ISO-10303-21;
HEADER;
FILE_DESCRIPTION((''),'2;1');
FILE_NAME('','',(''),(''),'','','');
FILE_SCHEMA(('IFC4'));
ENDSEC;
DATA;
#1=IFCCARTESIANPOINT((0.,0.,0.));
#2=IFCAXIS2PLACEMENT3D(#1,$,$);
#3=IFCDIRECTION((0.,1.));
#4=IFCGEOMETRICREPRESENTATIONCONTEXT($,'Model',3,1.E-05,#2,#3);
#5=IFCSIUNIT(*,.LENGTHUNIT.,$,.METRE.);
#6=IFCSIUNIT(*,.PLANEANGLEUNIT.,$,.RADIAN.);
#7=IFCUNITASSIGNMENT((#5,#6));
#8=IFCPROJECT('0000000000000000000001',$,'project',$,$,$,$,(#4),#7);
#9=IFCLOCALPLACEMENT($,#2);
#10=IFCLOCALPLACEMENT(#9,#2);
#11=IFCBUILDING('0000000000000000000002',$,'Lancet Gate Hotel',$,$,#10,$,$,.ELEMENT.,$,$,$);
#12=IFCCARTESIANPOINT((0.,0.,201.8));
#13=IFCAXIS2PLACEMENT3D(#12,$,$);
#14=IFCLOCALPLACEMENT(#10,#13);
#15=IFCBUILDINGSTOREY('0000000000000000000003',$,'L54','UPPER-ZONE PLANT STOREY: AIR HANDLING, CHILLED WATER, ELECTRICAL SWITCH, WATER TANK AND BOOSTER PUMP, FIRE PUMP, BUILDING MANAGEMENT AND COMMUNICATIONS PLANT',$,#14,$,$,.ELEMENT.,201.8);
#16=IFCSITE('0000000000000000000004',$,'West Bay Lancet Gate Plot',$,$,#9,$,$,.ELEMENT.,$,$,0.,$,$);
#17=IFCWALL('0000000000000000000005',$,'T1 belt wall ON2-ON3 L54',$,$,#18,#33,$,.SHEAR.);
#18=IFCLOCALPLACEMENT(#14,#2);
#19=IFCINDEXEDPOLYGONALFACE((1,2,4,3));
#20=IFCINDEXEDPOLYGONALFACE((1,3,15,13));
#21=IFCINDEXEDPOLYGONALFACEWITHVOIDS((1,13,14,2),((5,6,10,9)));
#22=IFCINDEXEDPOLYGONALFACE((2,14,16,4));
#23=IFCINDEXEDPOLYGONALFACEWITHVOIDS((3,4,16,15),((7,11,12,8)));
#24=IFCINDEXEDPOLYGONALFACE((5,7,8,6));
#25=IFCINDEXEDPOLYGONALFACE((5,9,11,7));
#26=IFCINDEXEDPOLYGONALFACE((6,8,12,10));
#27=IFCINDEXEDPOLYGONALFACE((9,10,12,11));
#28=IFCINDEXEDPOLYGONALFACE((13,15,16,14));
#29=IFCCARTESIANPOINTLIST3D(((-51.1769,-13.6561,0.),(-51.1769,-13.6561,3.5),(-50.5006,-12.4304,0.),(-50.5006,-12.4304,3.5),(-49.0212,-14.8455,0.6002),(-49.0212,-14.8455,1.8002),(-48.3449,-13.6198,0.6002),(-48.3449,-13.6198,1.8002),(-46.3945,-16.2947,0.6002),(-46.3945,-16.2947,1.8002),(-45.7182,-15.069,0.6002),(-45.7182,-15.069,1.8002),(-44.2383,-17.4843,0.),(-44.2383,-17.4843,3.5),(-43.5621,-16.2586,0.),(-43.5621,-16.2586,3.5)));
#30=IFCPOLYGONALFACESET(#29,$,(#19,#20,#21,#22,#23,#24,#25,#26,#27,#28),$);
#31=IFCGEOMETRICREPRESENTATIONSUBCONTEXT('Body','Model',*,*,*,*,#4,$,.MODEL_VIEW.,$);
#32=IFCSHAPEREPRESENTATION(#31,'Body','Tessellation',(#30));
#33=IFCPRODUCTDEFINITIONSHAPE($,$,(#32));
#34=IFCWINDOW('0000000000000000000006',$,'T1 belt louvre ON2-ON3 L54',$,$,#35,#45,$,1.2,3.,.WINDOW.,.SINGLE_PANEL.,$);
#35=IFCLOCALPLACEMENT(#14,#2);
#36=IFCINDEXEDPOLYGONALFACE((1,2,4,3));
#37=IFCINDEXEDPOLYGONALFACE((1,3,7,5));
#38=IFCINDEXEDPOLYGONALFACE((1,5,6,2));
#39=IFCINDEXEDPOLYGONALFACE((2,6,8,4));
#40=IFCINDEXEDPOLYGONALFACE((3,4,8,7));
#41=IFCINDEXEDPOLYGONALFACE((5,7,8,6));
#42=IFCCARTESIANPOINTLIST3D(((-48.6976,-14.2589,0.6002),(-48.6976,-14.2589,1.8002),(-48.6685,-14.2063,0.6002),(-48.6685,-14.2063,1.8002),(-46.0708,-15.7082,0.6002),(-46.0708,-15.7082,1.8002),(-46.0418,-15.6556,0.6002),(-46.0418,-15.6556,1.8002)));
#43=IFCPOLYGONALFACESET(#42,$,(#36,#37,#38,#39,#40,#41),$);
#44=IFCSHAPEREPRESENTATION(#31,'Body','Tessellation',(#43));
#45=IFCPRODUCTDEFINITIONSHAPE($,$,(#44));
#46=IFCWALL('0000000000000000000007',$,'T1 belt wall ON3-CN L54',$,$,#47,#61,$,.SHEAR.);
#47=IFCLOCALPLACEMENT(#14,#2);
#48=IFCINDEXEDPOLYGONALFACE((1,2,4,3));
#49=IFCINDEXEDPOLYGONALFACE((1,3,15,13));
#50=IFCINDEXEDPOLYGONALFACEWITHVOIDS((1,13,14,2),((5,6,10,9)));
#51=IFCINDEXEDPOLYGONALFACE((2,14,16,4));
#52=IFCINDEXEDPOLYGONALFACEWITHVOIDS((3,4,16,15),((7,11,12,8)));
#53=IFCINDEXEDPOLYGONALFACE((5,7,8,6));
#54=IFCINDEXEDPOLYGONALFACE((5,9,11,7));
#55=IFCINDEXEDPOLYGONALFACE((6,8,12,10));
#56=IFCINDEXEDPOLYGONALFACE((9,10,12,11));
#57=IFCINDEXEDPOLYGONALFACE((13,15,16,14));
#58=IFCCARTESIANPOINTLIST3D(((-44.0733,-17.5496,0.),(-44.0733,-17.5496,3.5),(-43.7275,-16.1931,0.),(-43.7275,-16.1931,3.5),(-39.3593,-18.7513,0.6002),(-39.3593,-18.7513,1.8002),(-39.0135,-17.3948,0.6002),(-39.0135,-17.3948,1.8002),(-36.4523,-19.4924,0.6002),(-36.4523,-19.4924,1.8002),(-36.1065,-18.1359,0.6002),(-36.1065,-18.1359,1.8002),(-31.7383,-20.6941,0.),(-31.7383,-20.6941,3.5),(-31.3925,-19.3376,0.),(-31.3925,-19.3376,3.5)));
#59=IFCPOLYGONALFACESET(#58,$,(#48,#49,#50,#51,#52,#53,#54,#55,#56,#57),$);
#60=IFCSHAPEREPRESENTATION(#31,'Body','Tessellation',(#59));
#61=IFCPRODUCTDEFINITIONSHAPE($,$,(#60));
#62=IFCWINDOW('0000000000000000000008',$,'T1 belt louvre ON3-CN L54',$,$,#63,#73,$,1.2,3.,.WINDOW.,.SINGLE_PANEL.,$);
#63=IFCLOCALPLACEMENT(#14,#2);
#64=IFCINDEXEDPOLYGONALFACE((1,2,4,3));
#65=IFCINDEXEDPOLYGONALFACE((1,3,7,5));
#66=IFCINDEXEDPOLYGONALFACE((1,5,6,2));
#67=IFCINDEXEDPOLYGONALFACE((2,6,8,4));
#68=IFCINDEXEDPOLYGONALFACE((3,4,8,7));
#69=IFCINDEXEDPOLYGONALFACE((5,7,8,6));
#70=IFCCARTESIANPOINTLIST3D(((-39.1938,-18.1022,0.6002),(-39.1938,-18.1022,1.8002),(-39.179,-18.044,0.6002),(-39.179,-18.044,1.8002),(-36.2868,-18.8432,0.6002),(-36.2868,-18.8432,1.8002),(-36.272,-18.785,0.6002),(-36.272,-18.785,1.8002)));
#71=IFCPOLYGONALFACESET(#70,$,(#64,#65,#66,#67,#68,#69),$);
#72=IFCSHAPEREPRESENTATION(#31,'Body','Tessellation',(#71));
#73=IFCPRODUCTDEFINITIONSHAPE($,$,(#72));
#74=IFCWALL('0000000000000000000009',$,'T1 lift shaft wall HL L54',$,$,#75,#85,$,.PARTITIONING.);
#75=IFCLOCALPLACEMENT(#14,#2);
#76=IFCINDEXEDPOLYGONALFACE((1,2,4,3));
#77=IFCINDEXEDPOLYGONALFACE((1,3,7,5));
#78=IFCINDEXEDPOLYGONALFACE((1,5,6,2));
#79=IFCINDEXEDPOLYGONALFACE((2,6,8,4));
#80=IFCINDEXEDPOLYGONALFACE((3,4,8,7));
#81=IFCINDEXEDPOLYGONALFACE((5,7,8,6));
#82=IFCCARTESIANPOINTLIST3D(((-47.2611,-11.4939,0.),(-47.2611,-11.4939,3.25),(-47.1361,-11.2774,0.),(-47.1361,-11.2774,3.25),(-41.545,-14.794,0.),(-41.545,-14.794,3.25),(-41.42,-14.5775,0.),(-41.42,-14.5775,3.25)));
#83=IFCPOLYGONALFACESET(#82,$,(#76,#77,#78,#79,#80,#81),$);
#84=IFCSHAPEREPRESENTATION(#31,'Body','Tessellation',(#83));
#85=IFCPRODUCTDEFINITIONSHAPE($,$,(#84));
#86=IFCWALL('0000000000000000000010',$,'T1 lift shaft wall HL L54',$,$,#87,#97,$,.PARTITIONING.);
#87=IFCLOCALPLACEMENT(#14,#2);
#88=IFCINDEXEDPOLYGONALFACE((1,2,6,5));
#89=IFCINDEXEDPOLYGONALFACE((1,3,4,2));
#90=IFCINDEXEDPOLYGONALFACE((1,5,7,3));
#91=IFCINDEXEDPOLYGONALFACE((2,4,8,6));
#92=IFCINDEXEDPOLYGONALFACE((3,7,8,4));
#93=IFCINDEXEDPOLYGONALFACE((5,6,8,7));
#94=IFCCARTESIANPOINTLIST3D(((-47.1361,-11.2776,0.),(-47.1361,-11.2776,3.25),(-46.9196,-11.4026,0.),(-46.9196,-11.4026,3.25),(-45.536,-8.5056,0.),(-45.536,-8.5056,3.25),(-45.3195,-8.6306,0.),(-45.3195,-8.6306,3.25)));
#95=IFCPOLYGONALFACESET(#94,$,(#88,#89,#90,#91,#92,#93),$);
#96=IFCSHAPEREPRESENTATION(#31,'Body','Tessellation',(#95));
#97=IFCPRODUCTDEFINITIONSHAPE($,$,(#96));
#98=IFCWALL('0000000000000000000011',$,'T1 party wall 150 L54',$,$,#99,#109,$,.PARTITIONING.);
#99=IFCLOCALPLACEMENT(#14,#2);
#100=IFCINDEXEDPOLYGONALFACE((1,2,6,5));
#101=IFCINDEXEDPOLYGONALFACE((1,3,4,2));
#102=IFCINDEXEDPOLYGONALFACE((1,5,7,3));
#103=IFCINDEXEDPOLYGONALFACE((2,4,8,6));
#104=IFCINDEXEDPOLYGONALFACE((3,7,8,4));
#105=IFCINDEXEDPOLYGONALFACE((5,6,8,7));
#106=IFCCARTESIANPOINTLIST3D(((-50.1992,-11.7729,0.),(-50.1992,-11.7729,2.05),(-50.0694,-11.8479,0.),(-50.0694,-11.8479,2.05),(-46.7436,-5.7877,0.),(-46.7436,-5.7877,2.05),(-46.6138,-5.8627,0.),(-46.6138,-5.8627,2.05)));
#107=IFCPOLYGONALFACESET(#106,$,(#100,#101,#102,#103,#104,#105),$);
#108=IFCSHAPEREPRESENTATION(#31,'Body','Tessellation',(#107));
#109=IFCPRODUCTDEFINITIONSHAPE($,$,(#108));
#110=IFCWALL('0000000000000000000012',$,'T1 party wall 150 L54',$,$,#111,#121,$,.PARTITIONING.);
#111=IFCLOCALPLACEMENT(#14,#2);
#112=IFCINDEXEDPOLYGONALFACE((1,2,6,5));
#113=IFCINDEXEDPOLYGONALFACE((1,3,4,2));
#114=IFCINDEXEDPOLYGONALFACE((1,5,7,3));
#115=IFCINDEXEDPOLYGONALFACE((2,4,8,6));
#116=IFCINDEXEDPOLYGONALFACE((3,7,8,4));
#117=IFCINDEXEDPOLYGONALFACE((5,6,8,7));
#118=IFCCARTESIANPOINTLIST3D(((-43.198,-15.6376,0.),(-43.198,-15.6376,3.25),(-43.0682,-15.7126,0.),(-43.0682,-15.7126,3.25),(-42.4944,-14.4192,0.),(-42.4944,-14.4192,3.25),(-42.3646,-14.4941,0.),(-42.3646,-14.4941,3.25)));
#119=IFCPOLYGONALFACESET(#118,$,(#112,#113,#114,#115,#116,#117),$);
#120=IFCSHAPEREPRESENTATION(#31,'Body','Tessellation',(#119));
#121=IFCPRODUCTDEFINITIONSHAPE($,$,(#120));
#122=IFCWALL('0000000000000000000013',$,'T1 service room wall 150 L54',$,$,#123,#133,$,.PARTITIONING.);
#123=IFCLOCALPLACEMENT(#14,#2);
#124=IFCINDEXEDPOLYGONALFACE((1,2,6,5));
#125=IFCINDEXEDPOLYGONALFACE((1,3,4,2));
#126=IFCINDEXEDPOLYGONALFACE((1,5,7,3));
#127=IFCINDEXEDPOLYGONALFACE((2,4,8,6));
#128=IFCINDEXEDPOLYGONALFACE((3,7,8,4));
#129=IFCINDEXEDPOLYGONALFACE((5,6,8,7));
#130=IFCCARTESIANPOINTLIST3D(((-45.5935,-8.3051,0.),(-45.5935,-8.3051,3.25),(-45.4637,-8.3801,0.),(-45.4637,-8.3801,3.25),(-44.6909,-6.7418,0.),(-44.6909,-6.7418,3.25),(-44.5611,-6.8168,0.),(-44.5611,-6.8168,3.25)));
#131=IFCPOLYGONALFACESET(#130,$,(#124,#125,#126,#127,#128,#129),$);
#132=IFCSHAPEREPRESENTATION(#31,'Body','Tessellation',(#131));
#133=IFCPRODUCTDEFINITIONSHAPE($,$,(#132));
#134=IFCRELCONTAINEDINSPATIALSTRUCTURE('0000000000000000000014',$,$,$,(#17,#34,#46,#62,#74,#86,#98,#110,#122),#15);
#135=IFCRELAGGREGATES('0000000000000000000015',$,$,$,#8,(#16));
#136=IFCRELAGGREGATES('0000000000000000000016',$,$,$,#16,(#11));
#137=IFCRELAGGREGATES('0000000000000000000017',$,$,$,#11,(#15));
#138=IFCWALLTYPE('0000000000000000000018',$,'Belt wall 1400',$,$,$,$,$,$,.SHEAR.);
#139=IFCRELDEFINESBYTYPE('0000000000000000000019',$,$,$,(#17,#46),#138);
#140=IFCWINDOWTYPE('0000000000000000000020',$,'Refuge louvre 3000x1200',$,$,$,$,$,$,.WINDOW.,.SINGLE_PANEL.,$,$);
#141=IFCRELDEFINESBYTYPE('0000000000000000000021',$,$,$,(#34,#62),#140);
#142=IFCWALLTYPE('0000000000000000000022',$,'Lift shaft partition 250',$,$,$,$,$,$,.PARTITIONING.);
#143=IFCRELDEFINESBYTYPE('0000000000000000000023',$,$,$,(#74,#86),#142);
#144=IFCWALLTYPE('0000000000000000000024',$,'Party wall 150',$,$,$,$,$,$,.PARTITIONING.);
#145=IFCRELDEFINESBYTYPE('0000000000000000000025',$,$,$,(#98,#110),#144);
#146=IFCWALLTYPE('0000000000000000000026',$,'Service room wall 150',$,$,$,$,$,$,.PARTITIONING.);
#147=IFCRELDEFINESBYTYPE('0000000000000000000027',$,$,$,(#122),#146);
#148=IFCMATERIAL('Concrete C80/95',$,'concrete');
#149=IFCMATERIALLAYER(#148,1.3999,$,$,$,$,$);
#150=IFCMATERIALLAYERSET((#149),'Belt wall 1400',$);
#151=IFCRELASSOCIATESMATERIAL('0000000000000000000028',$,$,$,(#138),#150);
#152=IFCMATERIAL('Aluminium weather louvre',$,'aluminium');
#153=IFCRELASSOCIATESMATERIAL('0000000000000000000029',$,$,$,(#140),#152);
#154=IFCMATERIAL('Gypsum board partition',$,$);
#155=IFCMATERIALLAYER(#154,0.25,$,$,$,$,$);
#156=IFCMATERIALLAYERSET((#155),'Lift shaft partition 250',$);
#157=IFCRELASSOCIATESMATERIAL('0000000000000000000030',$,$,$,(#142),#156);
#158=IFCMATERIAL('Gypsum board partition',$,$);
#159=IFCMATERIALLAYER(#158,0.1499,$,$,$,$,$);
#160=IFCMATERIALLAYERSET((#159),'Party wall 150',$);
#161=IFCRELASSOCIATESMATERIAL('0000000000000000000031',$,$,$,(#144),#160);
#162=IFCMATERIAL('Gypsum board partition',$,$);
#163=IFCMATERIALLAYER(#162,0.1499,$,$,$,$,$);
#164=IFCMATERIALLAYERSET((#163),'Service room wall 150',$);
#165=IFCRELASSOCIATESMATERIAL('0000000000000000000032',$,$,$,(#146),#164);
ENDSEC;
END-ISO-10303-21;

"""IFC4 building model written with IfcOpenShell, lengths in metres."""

from ifc_helpers import new_model, si_unit, direction, frame, frame_2d, origin, place, context, subcontext, project, spatial, rectangle, extrude, material, layer, layer_set, type_object, element, fill, save


model = new_model("IFC4")

# Units and contexts
model_context = context("Model", 3, precision=1e-05, world=origin(), true_north=direction((0.0, 1.0)))
body_context = subcontext(model_context, "Body", "Model", "MODEL_VIEW")
ifc_project = project(units=[si_unit("LENGTHUNIT", "METRE"), si_unit("PLANEANGLEUNIT", "RADIAN")], contexts=[model_context])

# Site, building, storey
site_placement = place(None, origin())
site = spatial("IfcSite", under=ifc_project, at=site_placement, Name="West Bay Lancet Gate Plot", CompositionType="ELEMENT", RefElevation=0.0)
building_placement = place(site_placement, origin())
building = spatial("IfcBuilding", under=site, at=building_placement, Name="Lancet Gate Hotel", CompositionType="ELEMENT")
storey_placement = place(building_placement, frame((0.0, 0.0, 201.8)))
storey = spatial("IfcBuildingStorey", under=building, at=storey_placement, Name="L54", Description="UPPER-ZONE PLANT STOREY: AIR HANDLING, CHILLED WATER, ELECTRICAL SWITCH, WATER TANK AND BOOSTER PUMP, FIRE PUMP, BUILDING MANAGEMENT AND COMMUNICATIONS PLANT", CompositionType="ELEMENT", Elevation=201.8)

# Walls, openings, windows
ifc_material_1 = material(Name="Concrete C80/95", Category="concrete")
ifc_layer_1 = layer(ifc_material_1, 1.3999)
ifc_layer_set_1 = layer_set([ifc_layer_1], Name="Belt wall 1400")
wall_type_1 = type_object("IfcWallType", Name="Belt wall 1400", PredefinedType="SHEAR", material=ifc_layer_set_1)
wall_1_placement = place(storey_placement, frame((-50.8389, -13.0432, 0.0), z_axis=(0.0, 0.0, 1.0), x_axis=(0.875578, -0.483077, 0.0)))
wall_1 = element("IfcWall", 1, at=wall_1_placement, inside=storey, type_object=wall_type_1, Name="T1 belt wall ON2-ON3 L54", PredefinedType="SHEAR", context=body_context, shape_type="SweptSolid", body=[
    extrude(rectangle(XDim=7.9246, YDim=1.3999, at=frame_2d((3.9624, 0.0))), origin(), (0.0, 0.0, 1.0), 3.5),
])
opening_1_placement = place(wall_1_placement, frame((2.4622, 0.0, 0.6001)))
opening_1 = element("IfcOpeningElement", 2, at=opening_1_placement, cuts=wall_1, PredefinedType="OPENING", context=body_context, shape_type="SweptSolid", body=[
    extrude(rectangle(XDim=3.0, YDim=1.2, at=frame_2d((1.5, 0.6001))), frame((0.0, 0.71, 0.0), z_axis=(0.0, -1.0, 0.0), x_axis=(1.0, 0.0, 0.0)), (0.0, 0.0, 1.0), 1.4199),
])
ifc_material_2 = material(Name="Aluminium weather louvre", Category="aluminium")
window_type = type_object("IfcWindowType", Name="Refuge louvre 3000x1200", PartitioningType="SINGLE_PANEL", PredefinedType="WINDOW", material=ifc_material_2)
window_1_placement = place(opening_1_placement, origin())
window_1 = element("IfcWindow", 3, at=window_1_placement, inside=storey, type_object=window_type, Name="T1 belt louvre ON2-ON3 L54", OverallHeight=1.2, OverallWidth=3.0, PartitioningType="SINGLE_PANEL", PredefinedType="WINDOW", context=body_context, shape_type="SweptSolid", body=[
    extrude(rectangle(XDim=3.0, YDim=1.2, at=frame_2d((1.5, 0.6001))), frame((0.0, 0.03, 0.0), z_axis=(0.0, -1.0, 0.0), x_axis=(1.0, 0.0, 0.0)), (0.0, 0.0, 1.0), 0.0601),
])
fill(opening_1, window_1)
wall_2_placement = place(storey_placement, frame((-43.9004, -16.8713, 0.0), z_axis=(0.0, 0.0, 1.0), x_axis=(0.969008, -0.247028, 0.0)))
wall_2 = element("IfcWall", 4, at=wall_2_placement, inside=storey, type_object=wall_type_1, Name="T1 belt wall ON3-CN L54", PredefinedType="SHEAR", context=body_context, shape_type="SweptSolid", body=[
    extrude(rectangle(XDim=12.7295, YDim=1.3999, at=frame_2d((6.3647, 0.0))), origin(), (0.0, 0.0, 1.0), 3.5),
])
opening_2_placement = place(wall_2_placement, frame((4.8647, 0.0, 0.6001)))
opening_2 = element("IfcOpeningElement", 5, at=opening_2_placement, cuts=wall_2, PredefinedType="OPENING", context=body_context, shape_type="SweptSolid", body=[
    extrude(rectangle(XDim=3.0, YDim=1.2, at=frame_2d((1.5, 0.6001))), frame((0.0, 0.71, 0.0), z_axis=(0.0, -1.0, 0.0), x_axis=(1.0, 0.0, 0.0)), (0.0, 0.0, 1.0), 1.4199),
])
window_2_placement = place(opening_2_placement, origin())
window_2 = element("IfcWindow", 6, at=window_2_placement, inside=storey, type_object=window_type, Name="T1 belt louvre ON3-CN L54", OverallHeight=1.2, OverallWidth=3.0, PartitioningType="SINGLE_PANEL", PredefinedType="WINDOW", context=body_context, shape_type="SweptSolid", body=[
    extrude(rectangle(XDim=3.0, YDim=1.2, at=frame_2d((1.5, 0.6001))), frame((0.0, 0.03, 0.0), z_axis=(0.0, -1.0, 0.0), x_axis=(1.0, 0.0, 0.0)), (0.0, 0.0, 1.0), 0.0601),
])
fill(opening_2, window_2)

# Walls
ifc_material_3 = material(Name="Gypsum board partition")
ifc_layer_2 = layer(ifc_material_3, 0.25)
ifc_layer_set_2 = layer_set([ifc_layer_2], Name="Lift shaft partition 250")
wall_type_2 = type_object("IfcWallType", Name="Lift shaft partition 250", PredefinedType="PARTITIONING", material=ifc_layer_set_2)
wall_3_placement = place(storey_placement, frame((-41.4824, -14.6858, 0.0), z_axis=(0.0, 0.0, 1.0), x_axis=(-0.866033, 0.499986, 0.0)))
element("IfcWall", 7, at=wall_3_placement, inside=storey, type_object=wall_type_2, Name="T1 lift shaft wall HL L54", PredefinedType="PARTITIONING", context=body_context, shape_type="SweptSolid", body=[
    extrude(rectangle(XDim=6.6003, YDim=0.25, at=frame_2d((3.3003, 0.0))), origin(), (0.0, 0.0, 1.0), 3.25),
])
wall_4_placement = place(storey_placement, frame((-45.4277, -8.5681, 0.0), z_axis=(0.0, 0.0, 1.0), x_axis=(-0.499929, -0.866066, 0.0)))
element("IfcWall", 8, at=wall_4_placement, inside=storey, type_object=wall_type_2, Name="T1 lift shaft wall HL L54", PredefinedType="PARTITIONING", context=body_context, shape_type="SweptSolid", body=[
    extrude(rectangle(XDim=3.2007, YDim=0.25, at=frame_2d((1.6003, 0.0))), origin(), (0.0, 0.0, 1.0), 3.25),
])
ifc_material_4 = material(Name="Gypsum board partition")
ifc_layer_3 = layer(ifc_material_4, 0.1499)
ifc_layer_set_3 = layer_set([ifc_layer_3], Name="Party wall 150")
wall_type_3 = type_object("IfcWallType", Name="Party wall 150", PredefinedType="PARTITIONING", material=ifc_layer_set_3)
wall_5_placement = place(storey_placement, frame((-46.6787, -5.8252, 0.0), z_axis=(0.0, 0.0, 1.0), x_axis=(-0.500007, -0.866021, 0.0)))
element("IfcWall", 9, at=wall_5_placement, inside=storey, type_object=wall_type_3, Name="T1 party wall 150 L54", PredefinedType="PARTITIONING", context=body_context, shape_type="SweptSolid", body=[
    extrude(rectangle(XDim=6.9111, YDim=0.1499, at=frame_2d((3.4556, 0.0))), origin(), (0.0, 0.0, 1.0), 2.05),
])
wall_6_placement = place(storey_placement, frame((-42.4294, -14.4565, 0.0), z_axis=(0.0, 0.0, 1.0), x_axis=(-0.500058, -0.865992, 0.0)))
element("IfcWall", 10, at=wall_6_placement, inside=storey, type_object=wall_type_3, Name="T1 party wall 150 L54", PredefinedType="PARTITIONING", context=body_context, shape_type="SweptSolid", body=[
    extrude(rectangle(XDim=1.407, YDim=0.1499, at=frame_2d((0.7036, 0.0))), origin(), (0.0, 0.0, 1.0), 3.25),
])
ifc_material_5 = material(Name="Gypsum board partition")
ifc_layer_4 = layer(ifc_material_5, 0.1499)
ifc_layer_set_4 = layer_set([ifc_layer_4], Name="Service room wall 150")
wall_type_4 = type_object("IfcWallType", Name="Service room wall 150", PredefinedType="PARTITIONING", material=ifc_layer_set_4)
wall_7_placement = place(storey_placement, frame((-44.626, -6.7793, 0.0), z_axis=(0.0, 0.0, 1.0), x_axis=(-0.500023, -0.866012, 0.0)))
element("IfcWall", 11, at=wall_7_placement, inside=storey, type_object=wall_type_4, Name="T1 service room wall 150 L54", PredefinedType="PARTITIONING", context=body_context, shape_type="SweptSolid", body=[
    extrude(rectangle(XDim=1.8052, YDim=0.1499, at=frame_2d((0.9026, 0.0))), origin(), (0.0, 0.0, 1.0), 3.25),
])

save(model, "model.ifc")
